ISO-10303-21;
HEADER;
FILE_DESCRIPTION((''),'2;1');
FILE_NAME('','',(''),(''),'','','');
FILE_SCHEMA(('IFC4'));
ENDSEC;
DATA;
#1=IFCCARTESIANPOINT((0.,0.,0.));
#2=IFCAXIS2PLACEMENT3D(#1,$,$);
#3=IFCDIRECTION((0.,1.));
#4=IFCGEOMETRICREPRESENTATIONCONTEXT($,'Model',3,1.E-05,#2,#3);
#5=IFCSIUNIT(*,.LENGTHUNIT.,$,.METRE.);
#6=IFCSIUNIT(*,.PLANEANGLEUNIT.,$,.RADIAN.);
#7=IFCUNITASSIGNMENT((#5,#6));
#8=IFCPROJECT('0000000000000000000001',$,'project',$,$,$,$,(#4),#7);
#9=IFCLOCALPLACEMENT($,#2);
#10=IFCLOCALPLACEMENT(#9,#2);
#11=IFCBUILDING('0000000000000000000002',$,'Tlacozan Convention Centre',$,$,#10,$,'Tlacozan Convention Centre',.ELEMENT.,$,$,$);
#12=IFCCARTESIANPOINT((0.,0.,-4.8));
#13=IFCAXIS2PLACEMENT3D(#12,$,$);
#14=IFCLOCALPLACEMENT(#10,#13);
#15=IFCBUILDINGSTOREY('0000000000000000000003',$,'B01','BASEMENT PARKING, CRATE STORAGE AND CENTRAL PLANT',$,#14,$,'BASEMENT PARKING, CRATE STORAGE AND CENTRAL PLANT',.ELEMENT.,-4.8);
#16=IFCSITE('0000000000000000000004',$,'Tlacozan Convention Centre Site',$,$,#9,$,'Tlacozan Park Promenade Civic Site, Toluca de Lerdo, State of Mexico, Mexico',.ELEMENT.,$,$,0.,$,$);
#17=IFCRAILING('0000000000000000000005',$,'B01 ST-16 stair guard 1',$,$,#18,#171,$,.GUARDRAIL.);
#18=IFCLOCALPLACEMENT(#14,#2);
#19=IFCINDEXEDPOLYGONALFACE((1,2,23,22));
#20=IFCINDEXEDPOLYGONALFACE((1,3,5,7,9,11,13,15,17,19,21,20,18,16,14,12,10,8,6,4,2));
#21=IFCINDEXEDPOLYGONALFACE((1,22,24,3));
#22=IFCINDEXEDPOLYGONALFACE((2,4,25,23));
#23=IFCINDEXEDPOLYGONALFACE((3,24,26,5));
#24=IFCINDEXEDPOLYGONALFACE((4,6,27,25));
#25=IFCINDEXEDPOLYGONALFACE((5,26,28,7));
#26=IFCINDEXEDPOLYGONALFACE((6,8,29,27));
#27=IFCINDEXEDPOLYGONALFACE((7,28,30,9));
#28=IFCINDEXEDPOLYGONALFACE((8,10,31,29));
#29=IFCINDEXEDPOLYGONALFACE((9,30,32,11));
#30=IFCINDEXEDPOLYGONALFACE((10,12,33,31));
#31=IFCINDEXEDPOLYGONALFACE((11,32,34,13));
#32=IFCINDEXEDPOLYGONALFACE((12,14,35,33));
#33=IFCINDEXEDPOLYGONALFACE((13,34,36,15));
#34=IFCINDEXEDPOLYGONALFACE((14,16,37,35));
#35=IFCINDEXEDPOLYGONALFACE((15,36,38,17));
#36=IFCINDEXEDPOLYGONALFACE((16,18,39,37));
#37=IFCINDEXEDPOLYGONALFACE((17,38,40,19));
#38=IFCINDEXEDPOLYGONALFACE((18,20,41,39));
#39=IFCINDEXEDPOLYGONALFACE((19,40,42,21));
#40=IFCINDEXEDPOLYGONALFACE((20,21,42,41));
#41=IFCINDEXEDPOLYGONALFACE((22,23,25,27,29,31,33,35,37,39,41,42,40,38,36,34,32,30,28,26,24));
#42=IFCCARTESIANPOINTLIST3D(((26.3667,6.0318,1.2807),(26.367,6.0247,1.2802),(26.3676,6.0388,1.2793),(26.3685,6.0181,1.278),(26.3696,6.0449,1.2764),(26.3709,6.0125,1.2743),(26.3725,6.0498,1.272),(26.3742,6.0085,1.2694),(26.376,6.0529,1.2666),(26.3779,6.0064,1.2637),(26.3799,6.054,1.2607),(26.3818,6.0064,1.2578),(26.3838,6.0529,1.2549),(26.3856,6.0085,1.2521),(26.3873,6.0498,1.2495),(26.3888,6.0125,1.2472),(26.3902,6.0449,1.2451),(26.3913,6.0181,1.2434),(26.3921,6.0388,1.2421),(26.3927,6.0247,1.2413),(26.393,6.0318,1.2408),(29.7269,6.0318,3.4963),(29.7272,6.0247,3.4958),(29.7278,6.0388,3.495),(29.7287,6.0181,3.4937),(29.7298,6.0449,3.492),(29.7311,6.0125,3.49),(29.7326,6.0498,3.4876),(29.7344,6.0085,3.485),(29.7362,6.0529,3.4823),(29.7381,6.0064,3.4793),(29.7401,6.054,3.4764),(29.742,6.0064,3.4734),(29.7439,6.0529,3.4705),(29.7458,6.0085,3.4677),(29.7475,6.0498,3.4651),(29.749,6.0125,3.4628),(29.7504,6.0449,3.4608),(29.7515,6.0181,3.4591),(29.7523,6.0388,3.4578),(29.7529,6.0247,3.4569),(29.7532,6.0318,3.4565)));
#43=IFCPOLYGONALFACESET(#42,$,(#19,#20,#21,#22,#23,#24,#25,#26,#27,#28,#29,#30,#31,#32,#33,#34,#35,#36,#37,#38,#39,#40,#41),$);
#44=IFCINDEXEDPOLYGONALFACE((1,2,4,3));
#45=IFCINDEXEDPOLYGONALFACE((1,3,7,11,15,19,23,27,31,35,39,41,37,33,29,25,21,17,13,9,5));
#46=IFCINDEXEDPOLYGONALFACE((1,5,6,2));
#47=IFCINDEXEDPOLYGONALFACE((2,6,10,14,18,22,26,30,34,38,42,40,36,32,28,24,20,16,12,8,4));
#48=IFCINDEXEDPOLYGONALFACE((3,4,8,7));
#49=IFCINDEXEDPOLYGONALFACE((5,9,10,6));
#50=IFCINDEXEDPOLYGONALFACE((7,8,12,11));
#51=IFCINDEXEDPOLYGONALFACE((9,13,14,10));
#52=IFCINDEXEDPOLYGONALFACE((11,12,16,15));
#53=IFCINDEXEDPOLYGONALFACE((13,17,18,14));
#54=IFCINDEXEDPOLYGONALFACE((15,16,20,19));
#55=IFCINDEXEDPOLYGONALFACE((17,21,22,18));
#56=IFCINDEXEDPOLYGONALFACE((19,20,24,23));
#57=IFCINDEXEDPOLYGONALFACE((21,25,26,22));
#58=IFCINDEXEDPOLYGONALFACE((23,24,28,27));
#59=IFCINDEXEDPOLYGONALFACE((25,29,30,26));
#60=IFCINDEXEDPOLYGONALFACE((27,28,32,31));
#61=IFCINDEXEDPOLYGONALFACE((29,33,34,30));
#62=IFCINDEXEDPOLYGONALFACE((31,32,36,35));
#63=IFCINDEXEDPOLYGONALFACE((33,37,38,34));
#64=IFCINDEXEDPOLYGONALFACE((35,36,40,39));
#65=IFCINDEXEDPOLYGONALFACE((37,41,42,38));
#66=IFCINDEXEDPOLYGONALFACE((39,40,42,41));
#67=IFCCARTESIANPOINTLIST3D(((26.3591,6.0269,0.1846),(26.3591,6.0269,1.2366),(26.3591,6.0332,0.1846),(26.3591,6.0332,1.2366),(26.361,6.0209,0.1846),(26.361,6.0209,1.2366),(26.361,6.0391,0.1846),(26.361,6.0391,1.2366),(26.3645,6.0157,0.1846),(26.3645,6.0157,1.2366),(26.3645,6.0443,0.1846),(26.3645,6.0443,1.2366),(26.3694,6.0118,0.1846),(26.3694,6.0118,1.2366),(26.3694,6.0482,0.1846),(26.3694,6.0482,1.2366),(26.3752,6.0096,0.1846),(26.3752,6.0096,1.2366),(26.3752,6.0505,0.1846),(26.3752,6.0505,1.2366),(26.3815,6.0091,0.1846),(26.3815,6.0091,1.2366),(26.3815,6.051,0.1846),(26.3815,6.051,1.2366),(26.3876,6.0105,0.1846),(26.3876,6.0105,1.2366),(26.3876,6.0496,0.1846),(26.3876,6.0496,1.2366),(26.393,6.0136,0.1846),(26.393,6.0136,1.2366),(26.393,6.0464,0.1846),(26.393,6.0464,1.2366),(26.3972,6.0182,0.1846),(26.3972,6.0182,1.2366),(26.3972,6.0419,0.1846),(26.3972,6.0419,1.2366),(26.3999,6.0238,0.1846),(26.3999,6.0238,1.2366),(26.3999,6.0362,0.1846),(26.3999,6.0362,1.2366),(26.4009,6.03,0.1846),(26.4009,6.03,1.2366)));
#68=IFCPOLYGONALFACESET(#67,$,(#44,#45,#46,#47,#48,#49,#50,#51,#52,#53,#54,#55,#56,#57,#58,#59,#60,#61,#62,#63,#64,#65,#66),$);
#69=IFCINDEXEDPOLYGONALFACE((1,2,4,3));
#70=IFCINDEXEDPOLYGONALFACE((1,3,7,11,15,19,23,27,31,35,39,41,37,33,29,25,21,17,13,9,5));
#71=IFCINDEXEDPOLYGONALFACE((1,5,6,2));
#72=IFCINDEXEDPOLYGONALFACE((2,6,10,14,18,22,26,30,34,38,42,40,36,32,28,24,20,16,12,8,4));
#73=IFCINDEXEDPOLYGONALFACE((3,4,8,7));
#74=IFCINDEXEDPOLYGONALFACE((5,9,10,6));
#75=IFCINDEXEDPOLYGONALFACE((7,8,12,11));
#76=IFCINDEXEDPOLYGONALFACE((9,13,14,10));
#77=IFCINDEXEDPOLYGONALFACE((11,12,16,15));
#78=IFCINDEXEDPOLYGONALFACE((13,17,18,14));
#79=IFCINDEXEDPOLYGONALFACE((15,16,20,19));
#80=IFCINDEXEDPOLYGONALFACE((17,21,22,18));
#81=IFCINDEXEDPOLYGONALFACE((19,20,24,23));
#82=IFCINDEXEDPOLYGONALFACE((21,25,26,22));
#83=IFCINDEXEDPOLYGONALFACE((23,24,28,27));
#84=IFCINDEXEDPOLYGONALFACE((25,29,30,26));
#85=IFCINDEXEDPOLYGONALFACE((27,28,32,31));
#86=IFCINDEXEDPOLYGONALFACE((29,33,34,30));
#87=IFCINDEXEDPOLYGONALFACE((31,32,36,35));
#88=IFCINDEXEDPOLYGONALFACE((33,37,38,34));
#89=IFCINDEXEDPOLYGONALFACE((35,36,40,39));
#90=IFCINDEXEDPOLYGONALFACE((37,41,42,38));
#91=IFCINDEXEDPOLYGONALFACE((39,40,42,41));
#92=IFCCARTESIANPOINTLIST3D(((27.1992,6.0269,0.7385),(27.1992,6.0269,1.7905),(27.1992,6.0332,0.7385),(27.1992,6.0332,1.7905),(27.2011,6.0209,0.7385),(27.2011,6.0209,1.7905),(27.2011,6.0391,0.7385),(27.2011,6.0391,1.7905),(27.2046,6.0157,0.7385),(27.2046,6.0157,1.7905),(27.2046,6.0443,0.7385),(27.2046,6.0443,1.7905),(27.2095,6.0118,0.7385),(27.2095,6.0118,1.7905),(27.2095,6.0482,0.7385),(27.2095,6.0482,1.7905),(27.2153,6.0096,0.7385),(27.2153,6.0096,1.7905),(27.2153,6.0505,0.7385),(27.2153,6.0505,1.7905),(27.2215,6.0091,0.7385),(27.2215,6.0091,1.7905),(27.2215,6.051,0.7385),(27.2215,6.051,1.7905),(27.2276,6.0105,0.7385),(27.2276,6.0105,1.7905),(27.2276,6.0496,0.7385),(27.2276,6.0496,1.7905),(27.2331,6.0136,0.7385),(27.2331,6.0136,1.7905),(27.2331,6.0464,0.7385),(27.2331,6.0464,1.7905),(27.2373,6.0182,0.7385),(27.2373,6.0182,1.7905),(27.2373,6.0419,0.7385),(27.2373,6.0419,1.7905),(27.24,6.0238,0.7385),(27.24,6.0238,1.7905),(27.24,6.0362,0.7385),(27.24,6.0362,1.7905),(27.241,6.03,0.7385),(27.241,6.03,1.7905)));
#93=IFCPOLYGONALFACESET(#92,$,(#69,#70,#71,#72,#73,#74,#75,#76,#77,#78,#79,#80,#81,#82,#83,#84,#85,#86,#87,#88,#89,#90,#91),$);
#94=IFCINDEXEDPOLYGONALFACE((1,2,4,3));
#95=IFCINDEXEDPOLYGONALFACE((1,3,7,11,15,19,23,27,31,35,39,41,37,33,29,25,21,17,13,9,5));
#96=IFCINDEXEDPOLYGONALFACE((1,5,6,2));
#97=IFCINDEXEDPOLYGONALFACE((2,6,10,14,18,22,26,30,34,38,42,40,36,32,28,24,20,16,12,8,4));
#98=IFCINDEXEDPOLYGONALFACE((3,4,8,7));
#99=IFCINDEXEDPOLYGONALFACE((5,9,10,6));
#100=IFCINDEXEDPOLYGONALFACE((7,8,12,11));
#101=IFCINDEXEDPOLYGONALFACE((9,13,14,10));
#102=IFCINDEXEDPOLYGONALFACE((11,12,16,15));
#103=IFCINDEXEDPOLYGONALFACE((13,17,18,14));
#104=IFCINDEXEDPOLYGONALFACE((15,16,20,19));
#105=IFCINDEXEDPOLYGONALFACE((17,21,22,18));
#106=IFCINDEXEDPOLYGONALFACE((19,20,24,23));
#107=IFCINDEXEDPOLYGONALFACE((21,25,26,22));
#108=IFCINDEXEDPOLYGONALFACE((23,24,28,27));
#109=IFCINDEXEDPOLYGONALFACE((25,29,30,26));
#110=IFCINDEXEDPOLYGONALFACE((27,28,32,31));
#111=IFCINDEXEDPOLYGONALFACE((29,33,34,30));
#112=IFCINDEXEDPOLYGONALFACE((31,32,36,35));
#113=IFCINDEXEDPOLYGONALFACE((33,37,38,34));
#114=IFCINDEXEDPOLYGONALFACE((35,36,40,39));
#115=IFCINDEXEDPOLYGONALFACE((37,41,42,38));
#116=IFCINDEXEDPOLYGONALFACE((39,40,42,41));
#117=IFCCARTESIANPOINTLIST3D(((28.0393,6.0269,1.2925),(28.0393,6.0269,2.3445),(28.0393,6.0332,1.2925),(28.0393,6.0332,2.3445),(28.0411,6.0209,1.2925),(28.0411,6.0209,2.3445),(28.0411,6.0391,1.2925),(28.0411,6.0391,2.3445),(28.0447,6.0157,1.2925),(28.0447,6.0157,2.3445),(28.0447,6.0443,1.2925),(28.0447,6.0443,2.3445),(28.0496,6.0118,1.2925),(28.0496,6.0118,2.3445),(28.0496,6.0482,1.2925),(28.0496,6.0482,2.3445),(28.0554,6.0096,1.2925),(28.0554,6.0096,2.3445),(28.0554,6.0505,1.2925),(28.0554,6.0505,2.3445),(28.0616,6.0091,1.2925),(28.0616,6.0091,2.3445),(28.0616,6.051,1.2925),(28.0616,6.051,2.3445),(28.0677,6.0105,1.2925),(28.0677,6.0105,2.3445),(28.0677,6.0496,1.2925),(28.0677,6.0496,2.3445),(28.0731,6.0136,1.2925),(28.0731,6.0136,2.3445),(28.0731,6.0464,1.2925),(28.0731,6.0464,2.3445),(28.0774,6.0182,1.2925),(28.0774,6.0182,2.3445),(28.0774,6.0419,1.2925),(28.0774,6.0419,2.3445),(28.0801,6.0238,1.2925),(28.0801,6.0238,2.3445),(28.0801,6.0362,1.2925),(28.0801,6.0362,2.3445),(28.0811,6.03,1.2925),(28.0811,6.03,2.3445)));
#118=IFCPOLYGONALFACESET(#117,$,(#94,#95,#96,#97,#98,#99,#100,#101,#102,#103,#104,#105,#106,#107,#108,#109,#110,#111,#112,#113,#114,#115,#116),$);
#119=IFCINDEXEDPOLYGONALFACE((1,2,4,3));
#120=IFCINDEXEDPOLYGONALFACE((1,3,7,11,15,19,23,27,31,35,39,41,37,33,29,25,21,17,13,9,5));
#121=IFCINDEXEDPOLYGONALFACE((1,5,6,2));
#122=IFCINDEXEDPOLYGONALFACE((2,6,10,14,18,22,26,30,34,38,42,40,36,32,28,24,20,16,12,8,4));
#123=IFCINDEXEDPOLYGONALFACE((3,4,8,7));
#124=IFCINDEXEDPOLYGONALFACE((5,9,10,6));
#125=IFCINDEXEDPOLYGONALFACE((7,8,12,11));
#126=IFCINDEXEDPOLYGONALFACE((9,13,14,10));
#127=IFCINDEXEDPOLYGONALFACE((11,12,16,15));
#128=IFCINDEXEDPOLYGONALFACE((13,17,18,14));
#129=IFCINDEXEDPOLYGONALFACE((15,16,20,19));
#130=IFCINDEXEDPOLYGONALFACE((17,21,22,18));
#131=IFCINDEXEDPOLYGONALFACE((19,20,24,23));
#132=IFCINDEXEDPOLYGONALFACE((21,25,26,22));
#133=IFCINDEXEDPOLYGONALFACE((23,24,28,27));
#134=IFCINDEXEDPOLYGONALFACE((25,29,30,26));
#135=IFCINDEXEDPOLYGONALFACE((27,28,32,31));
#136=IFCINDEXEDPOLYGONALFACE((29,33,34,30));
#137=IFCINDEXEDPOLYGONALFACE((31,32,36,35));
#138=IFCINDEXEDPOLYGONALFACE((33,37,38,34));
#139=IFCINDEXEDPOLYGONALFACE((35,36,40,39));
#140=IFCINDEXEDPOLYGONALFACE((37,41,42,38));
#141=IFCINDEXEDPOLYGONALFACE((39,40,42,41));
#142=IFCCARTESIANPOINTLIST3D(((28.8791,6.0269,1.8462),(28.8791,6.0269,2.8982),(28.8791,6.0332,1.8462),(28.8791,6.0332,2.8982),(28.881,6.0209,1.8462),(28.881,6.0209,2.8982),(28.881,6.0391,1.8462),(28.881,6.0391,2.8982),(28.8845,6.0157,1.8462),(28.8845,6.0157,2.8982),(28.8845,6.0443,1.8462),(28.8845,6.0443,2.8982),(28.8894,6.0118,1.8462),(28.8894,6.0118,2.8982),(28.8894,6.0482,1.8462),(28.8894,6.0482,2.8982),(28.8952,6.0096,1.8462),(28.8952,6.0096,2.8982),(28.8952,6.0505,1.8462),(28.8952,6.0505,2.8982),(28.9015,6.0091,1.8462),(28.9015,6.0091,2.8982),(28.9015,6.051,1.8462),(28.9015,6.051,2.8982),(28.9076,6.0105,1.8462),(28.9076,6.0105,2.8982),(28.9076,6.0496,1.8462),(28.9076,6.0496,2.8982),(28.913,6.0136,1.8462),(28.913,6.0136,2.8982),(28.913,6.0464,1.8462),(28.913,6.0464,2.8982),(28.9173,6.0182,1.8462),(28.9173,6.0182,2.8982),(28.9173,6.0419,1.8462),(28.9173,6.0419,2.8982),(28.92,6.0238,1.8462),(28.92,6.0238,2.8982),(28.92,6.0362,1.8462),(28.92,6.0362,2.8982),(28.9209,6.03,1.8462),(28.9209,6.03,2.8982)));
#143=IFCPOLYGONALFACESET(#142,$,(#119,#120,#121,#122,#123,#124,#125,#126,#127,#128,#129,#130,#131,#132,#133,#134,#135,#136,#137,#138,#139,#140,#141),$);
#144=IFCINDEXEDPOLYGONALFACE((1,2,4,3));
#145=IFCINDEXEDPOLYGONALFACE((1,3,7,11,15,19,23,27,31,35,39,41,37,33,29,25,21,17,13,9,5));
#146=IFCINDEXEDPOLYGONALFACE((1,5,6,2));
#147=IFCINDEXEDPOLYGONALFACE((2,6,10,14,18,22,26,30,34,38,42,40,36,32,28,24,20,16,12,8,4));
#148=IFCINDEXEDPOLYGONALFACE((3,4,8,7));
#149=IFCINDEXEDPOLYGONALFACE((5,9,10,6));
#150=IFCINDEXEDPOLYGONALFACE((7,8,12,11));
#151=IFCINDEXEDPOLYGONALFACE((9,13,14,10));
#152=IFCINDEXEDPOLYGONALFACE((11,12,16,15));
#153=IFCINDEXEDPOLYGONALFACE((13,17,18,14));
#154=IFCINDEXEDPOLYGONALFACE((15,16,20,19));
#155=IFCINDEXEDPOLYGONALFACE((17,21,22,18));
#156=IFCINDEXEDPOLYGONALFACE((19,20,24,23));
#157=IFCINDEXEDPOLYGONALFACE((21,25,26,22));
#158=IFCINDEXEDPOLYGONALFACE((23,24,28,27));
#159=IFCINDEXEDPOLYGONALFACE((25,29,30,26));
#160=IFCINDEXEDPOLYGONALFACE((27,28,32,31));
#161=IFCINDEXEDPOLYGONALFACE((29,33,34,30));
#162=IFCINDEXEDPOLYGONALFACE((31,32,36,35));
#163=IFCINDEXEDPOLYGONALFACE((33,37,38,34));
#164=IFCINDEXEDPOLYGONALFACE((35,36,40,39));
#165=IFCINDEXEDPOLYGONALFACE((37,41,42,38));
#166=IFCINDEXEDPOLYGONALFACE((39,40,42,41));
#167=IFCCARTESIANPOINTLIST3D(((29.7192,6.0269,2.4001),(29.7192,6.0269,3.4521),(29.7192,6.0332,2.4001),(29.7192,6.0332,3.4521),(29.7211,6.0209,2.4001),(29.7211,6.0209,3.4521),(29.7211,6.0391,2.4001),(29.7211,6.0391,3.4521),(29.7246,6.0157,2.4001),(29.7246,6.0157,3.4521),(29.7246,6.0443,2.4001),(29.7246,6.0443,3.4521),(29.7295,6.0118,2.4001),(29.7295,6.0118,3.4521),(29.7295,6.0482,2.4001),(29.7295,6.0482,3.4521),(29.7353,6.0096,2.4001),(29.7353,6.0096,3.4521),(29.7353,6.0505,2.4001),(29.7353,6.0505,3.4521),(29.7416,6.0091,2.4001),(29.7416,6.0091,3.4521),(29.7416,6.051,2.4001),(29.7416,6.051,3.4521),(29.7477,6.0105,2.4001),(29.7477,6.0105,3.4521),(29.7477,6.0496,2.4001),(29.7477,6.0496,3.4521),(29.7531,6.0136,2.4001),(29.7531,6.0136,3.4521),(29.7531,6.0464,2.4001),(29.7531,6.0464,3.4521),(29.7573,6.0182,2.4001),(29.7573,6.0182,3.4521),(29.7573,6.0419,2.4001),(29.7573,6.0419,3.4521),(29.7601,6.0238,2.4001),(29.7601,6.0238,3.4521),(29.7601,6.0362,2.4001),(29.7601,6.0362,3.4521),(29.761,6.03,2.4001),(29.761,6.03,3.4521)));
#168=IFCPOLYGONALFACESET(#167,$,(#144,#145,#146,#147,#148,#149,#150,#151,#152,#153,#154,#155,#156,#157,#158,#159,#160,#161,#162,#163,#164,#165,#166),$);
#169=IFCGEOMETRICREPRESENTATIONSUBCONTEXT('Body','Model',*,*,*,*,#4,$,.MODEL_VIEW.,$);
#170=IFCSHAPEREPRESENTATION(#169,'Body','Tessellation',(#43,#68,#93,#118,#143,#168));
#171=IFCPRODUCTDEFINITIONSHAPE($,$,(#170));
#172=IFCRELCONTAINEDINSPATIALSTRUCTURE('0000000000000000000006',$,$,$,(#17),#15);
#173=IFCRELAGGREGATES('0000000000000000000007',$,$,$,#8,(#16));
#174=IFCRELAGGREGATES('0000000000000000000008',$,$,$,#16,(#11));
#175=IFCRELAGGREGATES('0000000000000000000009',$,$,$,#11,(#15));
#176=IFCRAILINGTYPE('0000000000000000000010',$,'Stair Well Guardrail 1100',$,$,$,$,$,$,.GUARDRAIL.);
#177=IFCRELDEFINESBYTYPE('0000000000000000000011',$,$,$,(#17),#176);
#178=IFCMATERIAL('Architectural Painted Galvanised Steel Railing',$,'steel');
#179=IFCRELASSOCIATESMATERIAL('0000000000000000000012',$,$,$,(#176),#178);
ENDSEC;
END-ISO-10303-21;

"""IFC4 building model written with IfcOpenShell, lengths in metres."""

from ifc_helpers import new_model, si_unit, direction, frame, origin, origin_2d, place, context, subcontext, project, spatial, circle, extrude, material, type_object, element, save


model = new_model("IFC4")

# Units and contexts
model_context = context("Model", 3, precision=1e-05, world=origin(), true_north=direction((0.0, 1.0)))
body_context = subcontext(model_context, "Body", "Model", "MODEL_VIEW")
ifc_project = project(units=[si_unit("LENGTHUNIT", "METRE"), si_unit("PLANEANGLEUNIT", "RADIAN")], contexts=[model_context])

# Site, building, storey
site_placement = place(None, origin())
site = spatial("IfcSite", under=ifc_project, at=site_placement, Name="Tlacozan Convention Centre Site", LongName="Tlacozan Park Promenade Civic Site, Toluca de Lerdo, State of Mexico, Mexico", CompositionType="ELEMENT", RefElevation=0.0)
building_placement = place(site_placement, origin())
building = spatial("IfcBuilding", under=site, at=building_placement, Name="Tlacozan Convention Centre", LongName="Tlacozan Convention Centre", CompositionType="ELEMENT")
storey_placement = place(building_placement, frame((0.0, 0.0, -4.8)))
storey = spatial("IfcBuildingStorey", under=building, at=storey_placement, Name="B01", Description="BASEMENT PARKING, CRATE STORAGE AND CENTRAL PLANT", LongName="BASEMENT PARKING, CRATE STORAGE AND CENTRAL PLANT", CompositionType="ELEMENT", Elevation=-4.8)

# Railing
ifc_material_1 = material(Name="Architectural Painted Galvanised Steel Railing", Category="steel")
railing_type_1 = type_object("IfcRailingType", Name="Stair Well Guardrail 1100", PredefinedType="GUARDRAIL", material=ifc_material_1)
railing_1_placement = place(storey_placement, frame((26.3799, 6.03, 0.1846)))
element("IfcRailing", 1, at=railing_1_placement, inside=storey, type_object=railing_type_1, Name="B01 ST-16 stair guard 1", PredefinedType="GUARDRAIL", context=body_context, shape_type="SweptSolid", body=[
    extrude(circle(Radius=0.0239, at=origin_2d()), frame((0.0, 0.0, 1.0762), z_axis=(0.834849, 0.0, 0.55048), x_axis=(0.0, 1.0, 0.0)), (0.0, 0.0, 1.0), 4.0249),
    extrude(circle(Radius=0.021, at=origin_2d()), origin(), (0.0, 0.0, 1.0), 1.052),
    extrude(circle(Radius=0.021, at=origin_2d()), frame((0.8401, 0.0, 0.554)), (0.0, 0.0, 1.0), 1.052),
    extrude(circle(Radius=0.021, at=origin_2d()), frame((1.6802, 0.0, 1.1079)), (0.0, 0.0, 1.0), 1.052),
    extrude(circle(Radius=0.021, at=origin_2d()), frame((2.52, 0.0, 1.6616)), (0.0, 0.0, 1.0), 1.052),
    extrude(circle(Radius=0.021, at=origin_2d()), frame((3.3601, 0.0, 2.2156)), (0.0, 0.0, 1.0), 1.052),
])

save(model, "model.ifc")
